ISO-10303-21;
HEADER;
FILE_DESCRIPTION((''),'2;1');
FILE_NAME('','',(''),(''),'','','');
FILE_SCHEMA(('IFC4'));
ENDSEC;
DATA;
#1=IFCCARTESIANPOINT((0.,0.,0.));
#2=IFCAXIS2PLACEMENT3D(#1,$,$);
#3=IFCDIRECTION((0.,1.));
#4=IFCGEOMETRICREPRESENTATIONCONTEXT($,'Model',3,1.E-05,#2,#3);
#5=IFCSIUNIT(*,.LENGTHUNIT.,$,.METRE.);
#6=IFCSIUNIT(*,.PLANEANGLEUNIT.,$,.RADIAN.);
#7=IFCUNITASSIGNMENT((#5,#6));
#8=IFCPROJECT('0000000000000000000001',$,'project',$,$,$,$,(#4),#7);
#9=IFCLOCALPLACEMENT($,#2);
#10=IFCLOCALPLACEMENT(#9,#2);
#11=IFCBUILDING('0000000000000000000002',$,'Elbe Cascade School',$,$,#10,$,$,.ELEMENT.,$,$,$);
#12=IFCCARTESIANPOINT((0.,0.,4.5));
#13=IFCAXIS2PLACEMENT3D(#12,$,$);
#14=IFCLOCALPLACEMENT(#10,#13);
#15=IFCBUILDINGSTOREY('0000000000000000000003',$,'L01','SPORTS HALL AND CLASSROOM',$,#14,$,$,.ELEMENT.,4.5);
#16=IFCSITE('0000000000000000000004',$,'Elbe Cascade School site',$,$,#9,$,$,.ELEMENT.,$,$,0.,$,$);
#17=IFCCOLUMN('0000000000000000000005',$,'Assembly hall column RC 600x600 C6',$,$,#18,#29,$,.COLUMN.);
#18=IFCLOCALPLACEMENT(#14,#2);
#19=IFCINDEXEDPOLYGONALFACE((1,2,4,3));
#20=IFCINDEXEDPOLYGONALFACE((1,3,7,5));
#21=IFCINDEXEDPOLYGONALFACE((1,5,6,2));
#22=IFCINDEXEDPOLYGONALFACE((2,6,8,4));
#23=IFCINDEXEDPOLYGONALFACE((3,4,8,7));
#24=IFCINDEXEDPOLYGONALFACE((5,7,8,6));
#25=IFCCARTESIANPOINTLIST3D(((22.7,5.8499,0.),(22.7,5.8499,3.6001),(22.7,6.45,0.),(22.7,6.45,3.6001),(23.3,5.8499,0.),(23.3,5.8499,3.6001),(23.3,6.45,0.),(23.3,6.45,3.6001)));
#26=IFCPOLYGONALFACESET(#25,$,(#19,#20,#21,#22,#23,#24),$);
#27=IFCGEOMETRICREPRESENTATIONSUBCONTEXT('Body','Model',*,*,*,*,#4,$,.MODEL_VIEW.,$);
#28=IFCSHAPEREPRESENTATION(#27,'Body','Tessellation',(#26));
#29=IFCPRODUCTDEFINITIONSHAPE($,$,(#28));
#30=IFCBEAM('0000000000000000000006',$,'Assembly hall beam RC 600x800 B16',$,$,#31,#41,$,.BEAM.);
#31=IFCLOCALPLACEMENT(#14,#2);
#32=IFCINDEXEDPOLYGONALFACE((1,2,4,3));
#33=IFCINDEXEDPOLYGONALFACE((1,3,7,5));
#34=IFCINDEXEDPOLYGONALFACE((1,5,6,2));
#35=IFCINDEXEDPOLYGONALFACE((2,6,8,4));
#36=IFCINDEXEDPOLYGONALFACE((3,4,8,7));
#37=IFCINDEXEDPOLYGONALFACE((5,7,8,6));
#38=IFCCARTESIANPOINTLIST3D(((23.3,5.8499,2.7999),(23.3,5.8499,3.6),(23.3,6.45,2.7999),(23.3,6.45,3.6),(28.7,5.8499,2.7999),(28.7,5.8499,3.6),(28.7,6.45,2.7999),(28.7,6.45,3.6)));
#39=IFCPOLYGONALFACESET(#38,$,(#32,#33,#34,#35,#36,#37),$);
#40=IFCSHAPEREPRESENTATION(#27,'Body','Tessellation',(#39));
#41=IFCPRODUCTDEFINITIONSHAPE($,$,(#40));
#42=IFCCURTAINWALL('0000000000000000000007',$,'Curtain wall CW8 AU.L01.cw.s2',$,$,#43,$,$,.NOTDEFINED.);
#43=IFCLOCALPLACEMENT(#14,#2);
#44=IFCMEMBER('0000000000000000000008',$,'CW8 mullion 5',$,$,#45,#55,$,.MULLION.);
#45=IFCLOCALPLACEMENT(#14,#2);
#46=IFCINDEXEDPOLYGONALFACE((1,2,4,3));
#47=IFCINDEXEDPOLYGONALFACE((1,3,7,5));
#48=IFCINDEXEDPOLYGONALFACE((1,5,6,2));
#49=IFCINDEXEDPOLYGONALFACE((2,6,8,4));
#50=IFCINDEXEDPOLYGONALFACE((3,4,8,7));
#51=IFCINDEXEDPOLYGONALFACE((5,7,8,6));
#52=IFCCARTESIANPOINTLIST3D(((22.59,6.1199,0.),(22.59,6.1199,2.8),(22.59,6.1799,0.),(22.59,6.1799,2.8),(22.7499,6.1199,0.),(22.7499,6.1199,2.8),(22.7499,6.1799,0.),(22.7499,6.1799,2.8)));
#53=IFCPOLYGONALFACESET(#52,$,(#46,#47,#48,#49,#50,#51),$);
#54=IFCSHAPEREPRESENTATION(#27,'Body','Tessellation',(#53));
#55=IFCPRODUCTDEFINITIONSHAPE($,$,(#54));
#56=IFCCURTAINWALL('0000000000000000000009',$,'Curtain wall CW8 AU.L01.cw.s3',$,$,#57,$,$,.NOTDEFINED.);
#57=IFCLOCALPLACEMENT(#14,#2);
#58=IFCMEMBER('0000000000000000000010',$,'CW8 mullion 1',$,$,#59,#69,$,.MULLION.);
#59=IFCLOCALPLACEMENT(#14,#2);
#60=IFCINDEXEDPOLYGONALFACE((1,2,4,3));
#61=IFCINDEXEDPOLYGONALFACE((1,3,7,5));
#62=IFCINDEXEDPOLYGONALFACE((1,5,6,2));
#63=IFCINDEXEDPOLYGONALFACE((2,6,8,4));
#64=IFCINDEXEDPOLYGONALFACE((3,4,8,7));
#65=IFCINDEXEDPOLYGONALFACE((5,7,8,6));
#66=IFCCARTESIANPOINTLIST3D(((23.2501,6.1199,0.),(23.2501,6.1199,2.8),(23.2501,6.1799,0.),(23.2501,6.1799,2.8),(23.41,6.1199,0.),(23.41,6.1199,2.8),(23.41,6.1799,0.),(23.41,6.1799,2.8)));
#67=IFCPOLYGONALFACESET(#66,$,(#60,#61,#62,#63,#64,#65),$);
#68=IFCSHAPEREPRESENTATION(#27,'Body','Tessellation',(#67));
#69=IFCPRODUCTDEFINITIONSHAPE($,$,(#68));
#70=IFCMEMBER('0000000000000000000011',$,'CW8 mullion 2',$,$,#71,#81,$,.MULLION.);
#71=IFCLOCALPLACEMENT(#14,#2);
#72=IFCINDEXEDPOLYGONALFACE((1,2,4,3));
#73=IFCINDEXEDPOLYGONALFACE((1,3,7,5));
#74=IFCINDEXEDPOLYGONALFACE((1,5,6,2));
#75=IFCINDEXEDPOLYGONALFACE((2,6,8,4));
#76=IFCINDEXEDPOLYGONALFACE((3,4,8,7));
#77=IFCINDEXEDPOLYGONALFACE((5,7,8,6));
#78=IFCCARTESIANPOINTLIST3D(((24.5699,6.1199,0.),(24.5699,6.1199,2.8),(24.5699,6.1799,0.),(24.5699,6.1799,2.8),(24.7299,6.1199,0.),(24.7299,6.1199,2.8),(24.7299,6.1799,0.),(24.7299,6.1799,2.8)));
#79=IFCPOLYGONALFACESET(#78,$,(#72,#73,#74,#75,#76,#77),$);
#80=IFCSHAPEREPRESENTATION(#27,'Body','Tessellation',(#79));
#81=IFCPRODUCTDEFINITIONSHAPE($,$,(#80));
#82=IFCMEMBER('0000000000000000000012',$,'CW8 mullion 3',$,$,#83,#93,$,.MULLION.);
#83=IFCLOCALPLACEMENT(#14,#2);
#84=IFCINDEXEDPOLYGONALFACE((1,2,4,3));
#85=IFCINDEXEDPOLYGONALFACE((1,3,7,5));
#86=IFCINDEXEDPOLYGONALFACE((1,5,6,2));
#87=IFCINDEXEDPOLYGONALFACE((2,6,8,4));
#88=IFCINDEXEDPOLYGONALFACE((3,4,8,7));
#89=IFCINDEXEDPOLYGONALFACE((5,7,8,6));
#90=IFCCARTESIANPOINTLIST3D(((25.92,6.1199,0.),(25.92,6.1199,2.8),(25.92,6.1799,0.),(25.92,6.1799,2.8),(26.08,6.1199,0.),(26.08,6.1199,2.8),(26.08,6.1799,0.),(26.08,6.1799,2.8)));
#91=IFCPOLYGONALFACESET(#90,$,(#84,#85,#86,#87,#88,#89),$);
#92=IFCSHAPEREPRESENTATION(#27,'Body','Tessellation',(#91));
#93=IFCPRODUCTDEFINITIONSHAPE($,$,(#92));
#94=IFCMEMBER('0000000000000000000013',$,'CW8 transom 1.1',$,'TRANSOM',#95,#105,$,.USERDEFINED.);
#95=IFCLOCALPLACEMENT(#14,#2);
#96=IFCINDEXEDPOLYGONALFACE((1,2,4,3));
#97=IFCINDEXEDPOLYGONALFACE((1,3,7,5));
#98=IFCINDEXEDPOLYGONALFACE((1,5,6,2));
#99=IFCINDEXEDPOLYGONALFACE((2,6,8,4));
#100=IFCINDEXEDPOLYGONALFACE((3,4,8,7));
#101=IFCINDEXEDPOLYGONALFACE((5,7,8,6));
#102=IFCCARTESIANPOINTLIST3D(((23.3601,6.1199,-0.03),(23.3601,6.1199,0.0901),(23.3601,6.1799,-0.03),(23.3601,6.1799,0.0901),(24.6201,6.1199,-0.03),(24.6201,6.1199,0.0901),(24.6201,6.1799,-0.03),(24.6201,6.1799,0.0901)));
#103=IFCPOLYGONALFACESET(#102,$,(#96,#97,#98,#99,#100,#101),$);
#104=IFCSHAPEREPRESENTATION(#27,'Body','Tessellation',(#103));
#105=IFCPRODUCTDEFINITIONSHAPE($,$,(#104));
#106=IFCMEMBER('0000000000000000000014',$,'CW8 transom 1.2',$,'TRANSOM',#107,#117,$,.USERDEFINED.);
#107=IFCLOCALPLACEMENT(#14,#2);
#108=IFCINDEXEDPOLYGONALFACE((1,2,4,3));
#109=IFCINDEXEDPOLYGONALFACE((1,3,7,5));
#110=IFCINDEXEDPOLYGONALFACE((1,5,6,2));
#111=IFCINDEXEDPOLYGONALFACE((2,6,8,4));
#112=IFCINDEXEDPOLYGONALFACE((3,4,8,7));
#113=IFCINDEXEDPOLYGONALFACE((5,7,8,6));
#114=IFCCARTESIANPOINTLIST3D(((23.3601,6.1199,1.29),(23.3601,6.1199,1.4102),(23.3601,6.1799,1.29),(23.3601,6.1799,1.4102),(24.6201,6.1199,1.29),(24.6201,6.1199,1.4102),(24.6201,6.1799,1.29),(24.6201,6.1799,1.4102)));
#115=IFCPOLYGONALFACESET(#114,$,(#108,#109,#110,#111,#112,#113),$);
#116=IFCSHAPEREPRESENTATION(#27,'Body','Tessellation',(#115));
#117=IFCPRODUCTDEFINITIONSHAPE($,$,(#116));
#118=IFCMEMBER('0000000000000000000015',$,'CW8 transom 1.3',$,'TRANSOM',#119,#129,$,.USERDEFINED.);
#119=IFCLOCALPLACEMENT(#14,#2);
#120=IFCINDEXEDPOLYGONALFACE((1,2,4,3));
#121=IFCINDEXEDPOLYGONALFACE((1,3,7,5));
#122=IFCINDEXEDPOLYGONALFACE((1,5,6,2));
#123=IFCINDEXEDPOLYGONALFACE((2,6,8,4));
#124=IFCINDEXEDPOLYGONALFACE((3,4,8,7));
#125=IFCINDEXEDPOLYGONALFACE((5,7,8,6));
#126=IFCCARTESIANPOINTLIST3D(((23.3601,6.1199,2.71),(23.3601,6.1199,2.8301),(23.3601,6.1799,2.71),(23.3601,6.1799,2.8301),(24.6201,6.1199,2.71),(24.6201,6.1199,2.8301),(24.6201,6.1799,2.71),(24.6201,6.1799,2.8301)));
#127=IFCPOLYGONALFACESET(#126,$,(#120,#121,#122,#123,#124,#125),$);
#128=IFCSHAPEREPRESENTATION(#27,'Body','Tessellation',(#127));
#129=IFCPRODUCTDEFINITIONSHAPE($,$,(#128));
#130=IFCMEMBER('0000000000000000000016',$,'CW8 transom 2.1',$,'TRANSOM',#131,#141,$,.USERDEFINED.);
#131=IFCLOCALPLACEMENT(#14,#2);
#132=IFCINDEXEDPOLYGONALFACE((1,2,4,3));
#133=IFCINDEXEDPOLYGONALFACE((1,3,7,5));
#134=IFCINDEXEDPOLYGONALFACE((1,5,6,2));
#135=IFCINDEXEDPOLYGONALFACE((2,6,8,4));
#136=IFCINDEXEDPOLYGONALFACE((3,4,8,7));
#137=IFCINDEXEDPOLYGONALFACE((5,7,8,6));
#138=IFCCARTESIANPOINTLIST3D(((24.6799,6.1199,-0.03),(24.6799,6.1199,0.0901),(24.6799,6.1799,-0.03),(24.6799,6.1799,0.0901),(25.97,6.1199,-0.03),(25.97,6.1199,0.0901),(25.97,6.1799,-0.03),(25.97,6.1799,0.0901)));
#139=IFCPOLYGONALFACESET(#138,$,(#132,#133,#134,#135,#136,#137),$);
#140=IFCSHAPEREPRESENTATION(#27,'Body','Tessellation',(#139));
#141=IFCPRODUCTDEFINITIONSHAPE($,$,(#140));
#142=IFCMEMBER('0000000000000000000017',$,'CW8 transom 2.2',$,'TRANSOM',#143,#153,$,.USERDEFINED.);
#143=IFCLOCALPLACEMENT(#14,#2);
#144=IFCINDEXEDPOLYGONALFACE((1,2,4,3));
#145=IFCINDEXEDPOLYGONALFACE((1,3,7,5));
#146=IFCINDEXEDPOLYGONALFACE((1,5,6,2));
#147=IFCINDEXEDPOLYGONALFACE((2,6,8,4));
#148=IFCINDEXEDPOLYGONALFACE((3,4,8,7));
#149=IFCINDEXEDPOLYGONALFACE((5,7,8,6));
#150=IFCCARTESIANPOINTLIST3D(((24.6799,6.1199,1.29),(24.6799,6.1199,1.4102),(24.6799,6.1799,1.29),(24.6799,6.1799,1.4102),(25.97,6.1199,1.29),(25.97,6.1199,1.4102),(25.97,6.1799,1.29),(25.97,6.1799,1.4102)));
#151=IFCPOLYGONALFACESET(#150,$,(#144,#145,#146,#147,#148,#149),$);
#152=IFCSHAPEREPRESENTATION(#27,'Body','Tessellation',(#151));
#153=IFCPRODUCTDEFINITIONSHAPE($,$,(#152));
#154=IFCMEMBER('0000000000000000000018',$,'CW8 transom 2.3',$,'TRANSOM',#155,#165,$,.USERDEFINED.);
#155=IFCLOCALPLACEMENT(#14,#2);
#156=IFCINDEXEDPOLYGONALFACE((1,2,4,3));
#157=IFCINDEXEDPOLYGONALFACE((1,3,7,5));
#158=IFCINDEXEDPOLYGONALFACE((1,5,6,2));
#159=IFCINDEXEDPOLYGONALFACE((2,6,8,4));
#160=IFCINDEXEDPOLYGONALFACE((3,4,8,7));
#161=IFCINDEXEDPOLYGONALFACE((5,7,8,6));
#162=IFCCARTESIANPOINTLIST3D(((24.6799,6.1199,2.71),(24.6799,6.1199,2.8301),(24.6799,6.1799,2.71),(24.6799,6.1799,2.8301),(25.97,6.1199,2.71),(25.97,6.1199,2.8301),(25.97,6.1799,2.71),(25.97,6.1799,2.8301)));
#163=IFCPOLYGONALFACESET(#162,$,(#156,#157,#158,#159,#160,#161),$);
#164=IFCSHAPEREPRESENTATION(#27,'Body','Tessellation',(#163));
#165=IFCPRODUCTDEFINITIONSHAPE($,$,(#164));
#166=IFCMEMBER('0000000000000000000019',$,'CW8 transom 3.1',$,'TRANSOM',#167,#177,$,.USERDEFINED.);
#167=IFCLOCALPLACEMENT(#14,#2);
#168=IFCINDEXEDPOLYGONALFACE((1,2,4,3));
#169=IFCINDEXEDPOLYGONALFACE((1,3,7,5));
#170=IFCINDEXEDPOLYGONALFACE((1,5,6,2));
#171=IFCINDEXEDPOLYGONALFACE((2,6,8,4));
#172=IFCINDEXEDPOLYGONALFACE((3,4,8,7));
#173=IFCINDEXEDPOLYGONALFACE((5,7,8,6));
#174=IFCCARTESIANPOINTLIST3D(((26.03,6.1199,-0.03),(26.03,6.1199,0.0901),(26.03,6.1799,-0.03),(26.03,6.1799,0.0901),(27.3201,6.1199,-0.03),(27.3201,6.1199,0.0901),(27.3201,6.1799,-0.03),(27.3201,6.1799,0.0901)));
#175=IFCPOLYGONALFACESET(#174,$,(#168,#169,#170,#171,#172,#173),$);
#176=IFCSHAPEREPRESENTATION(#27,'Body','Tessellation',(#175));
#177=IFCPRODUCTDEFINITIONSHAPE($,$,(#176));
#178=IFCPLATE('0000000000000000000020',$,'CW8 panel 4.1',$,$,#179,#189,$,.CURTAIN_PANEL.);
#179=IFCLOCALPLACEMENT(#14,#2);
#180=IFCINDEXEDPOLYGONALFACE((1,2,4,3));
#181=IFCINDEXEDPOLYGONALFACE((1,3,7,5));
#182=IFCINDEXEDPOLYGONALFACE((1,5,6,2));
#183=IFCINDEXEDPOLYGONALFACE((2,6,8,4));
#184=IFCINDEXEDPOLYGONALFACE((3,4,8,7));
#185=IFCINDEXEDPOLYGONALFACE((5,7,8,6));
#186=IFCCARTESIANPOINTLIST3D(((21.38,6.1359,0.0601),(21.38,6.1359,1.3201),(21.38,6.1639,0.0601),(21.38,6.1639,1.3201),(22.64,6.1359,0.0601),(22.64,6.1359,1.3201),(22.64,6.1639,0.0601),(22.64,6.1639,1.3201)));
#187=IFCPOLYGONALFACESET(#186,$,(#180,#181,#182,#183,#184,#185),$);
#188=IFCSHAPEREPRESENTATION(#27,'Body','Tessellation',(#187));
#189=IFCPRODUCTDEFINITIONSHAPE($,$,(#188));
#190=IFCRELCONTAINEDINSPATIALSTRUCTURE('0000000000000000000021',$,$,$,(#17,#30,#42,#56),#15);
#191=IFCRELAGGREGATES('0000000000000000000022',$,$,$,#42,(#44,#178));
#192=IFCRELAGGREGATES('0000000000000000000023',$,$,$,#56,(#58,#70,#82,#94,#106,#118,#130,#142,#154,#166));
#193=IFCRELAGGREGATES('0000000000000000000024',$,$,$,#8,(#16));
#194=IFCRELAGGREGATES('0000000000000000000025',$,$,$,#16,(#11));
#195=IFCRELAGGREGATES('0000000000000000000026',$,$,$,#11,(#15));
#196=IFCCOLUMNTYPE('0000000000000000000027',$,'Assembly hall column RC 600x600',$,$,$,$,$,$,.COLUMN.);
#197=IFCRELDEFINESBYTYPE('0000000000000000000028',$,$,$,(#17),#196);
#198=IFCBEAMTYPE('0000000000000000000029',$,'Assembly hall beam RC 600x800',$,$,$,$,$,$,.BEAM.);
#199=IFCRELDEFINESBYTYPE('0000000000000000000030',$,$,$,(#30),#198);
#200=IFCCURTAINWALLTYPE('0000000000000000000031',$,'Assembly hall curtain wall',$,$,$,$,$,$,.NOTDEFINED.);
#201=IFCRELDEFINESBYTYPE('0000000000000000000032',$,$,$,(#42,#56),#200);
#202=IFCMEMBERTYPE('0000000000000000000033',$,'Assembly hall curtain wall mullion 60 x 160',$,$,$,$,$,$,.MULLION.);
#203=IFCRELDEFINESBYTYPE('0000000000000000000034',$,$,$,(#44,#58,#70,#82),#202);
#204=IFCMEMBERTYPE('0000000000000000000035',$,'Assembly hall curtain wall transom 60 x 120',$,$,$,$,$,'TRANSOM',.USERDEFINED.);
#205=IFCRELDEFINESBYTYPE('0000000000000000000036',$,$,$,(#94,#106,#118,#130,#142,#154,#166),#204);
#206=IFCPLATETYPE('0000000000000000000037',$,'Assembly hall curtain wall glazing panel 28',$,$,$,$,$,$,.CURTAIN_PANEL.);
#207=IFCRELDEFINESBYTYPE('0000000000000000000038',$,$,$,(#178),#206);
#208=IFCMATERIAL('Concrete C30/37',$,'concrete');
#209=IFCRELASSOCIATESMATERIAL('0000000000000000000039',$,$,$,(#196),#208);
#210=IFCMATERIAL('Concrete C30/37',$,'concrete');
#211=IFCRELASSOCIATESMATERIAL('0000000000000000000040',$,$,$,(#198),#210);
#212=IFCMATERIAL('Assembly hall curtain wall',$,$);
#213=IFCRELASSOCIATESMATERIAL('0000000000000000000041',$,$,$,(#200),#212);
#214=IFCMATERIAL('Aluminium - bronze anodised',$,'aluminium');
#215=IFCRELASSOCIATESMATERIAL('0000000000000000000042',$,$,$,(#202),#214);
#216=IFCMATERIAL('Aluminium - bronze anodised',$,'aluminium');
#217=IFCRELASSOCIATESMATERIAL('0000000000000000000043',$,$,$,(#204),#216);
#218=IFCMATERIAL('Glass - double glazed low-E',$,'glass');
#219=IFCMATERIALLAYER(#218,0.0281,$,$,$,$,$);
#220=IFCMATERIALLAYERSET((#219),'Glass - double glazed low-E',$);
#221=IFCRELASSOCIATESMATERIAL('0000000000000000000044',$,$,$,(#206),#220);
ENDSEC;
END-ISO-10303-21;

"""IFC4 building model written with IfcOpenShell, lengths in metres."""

from ifc_helpers import new_model, si_unit, direction, frame, origin, origin_2d, place, context, subcontext, project, spatial, rectangle, extrude, material, layer, layer_set, material_profile, profile_set, type_object, element, aggregate, save


model = new_model("IFC4")

# Units and contexts
model_context = context("Model", 3, precision=1e-05, world=origin(), true_north=direction((0.0, 1.0)))
body_context = subcontext(model_context, "Body", "Model", "MODEL_VIEW")
ifc_project = project(units=[si_unit("LENGTHUNIT", "METRE"), si_unit("PLANEANGLEUNIT", "RADIAN")], contexts=[model_context])

# Site, building, storey
site_placement = place(None, origin())
site = spatial("IfcSite", under=ifc_project, at=site_placement, Name="Elbe Cascade School site", CompositionType="ELEMENT", RefElevation=0.0)
building_placement = place(site_placement, origin())
building = spatial("IfcBuilding", under=site, at=building_placement, Name="Elbe Cascade School", CompositionType="ELEMENT")
storey_placement = place(building_placement, frame((0.0, 0.0, 4.5)))
storey = spatial("IfcBuildingStorey", under=building, at=storey_placement, Name="L01", Description="SPORTS HALL AND CLASSROOM", CompositionType="ELEMENT", Elevation=4.5)

# Column
ifc_material_1 = material(Name="Concrete C30/37", Category="concrete")
ifc_material_profile_1 = material_profile(ifc_material_1, rectangle(XDim=0.6001, YDim=0.6001, at=origin_2d()), Name="RC 600x600")
ifc_profile_set_1 = profile_set([ifc_material_profile_1], Name="Concrete C30/37")
column_type = type_object("IfcColumnType", Name="Assembly hall column RC 600x600", PredefinedType="COLUMN", material=ifc_profile_set_1)
column_placement = place(storey_placement, frame((23.0, 6.1499, 0.0), z_axis=(0.0, 0.0, 1.0), x_axis=(1.0, 0.0, 0.0)))
element("IfcColumn", 1, at=column_placement, inside=storey, type_object=column_type, Name="Assembly hall column RC 600x600 C6", PredefinedType="COLUMN", context=body_context, shape_type="SweptSolid", body=[
    extrude(rectangle(XDim=0.6001, YDim=0.6001, at=origin_2d()), origin(), (0.0, 0.0, 1.0), 3.6001),
])

# Beam
ifc_material_2 = material(Name="Concrete C30/37", Category="concrete")
ifc_material_profile_2 = material_profile(ifc_material_2, rectangle(XDim=0.6001, YDim=0.8, at=origin_2d()), Name="RC 600x800")
ifc_profile_set_2 = profile_set([ifc_material_profile_2], Name="Concrete C30/37")
beam_type = type_object("IfcBeamType", Name="Assembly hall beam RC 600x800", PredefinedType="BEAM", material=ifc_profile_set_2)
beam_placement = place(storey_placement, frame((23.3, 6.1499, 3.2), z_axis=(1.0, 0.0, 0.0), x_axis=(0.0, 1.0, 0.0)))
element("IfcBeam", 2, at=beam_placement, inside=storey, type_object=beam_type, Name="Assembly hall beam RC 600x800 B16", PredefinedType="BEAM", context=body_context, shape_type="SweptSolid", body=[
    extrude(rectangle(XDim=0.6001, YDim=0.8, at=origin_2d()), origin(), (0.0, 0.0, 1.0), 5.3999),
])

# Curtain wall, member
ifc_material_3 = material(Name="Assembly hall curtain wall")
curtain_wall_type = type_object("IfcCurtainWallType", Name="Assembly hall curtain wall", PredefinedType="NOTDEFINED", material=ifc_material_3)
curtain_wall_1_placement = place(storey_placement, origin())
curtain_wall_1 = element("IfcCurtainWall", 3, at=curtain_wall_1_placement, inside=storey, type_object=curtain_wall_type, Name="Curtain wall CW8 AU.L01.cw.s2", PredefinedType="NOTDEFINED")
ifc_material_4 = material(Name="Aluminium - bronze anodised", Category="aluminium")
ifc_material_profile_3 = material_profile(ifc_material_4, rectangle(XDim=0.0601, YDim=0.1599, at=origin_2d()), Name="RECT 60x160")
ifc_profile_set_3 = profile_set([ifc_material_profile_3], Name="Aluminium - bronze anodised")
member_type_1 = type_object("IfcMemberType", Name="Assembly hall curtain wall mullion 60 x 160", PredefinedType="MULLION", material=ifc_profile_set_3)
member_1_placement = place(storey_placement, frame((22.6699, 6.1499, 0.0), z_axis=(0.0, 0.0, 1.0), x_axis=(0.0, 1.0, 0.0)))
member_1 = element("IfcMember", 4, at=member_1_placement, type_object=member_type_1, Name="CW8 mullion 5", PredefinedType="MULLION", context=body_context, shape_type="SweptSolid", body=[
    extrude(rectangle(XDim=0.0601, YDim=0.1599, at=origin_2d()), origin(), (0.0, 0.0, 1.0), 2.8),
])

# Curtain wall, members
curtain_wall_2_placement = place(storey_placement, origin())
curtain_wall_2 = element("IfcCurtainWall", 5, at=curtain_wall_2_placement, inside=storey, type_object=curtain_wall_type, Name="Curtain wall CW8 AU.L01.cw.s3", PredefinedType="NOTDEFINED")
member_2_placement = place(storey_placement, frame((23.3301, 6.1499, 0.0), z_axis=(0.0, 0.0, 1.0), x_axis=(0.0, 1.0, 0.0)))
member_2 = element("IfcMember", 6, at=member_2_placement, type_object=member_type_1, Name="CW8 mullion 1", PredefinedType="MULLION", context=body_context, shape_type="SweptSolid", body=[
    extrude(rectangle(XDim=0.0601, YDim=0.1599, at=origin_2d()), origin(), (0.0, 0.0, 1.0), 2.8),
])
member_3_placement = place(storey_placement, frame((24.6499, 6.1499, 0.0), z_axis=(0.0, 0.0, 1.0), x_axis=(0.0, 1.0, 0.0)))
member_3 = element("IfcMember", 7, at=member_3_placement, type_object=member_type_1, Name="CW8 mullion 2", PredefinedType="MULLION", context=body_context, shape_type="SweptSolid", body=[
    extrude(rectangle(XDim=0.0601, YDim=0.1599, at=origin_2d()), origin(), (0.0, 0.0, 1.0), 2.8),
])
member_4_placement = place(storey_placement, frame((26.0, 6.1499, 0.0), z_axis=(0.0, 0.0, 1.0), x_axis=(0.0, 1.0, 0.0)))
member_4 = element("IfcMember", 8, at=member_4_placement, type_object=member_type_1, Name="CW8 mullion 3", PredefinedType="MULLION", context=body_context, shape_type="SweptSolid", body=[
    extrude(rectangle(XDim=0.0601, YDim=0.1599, at=origin_2d()), origin(), (0.0, 0.0, 1.0), 2.8),
])
ifc_material_5 = material(Name="Aluminium - bronze anodised", Category="aluminium")
ifc_material_profile_4 = material_profile(ifc_material_5, rectangle(XDim=0.0601, YDim=0.1201, at=origin_2d()), Name="RECT 60x120")
ifc_profile_set_4 = profile_set([ifc_material_profile_4], Name="Aluminium - bronze anodised")
member_type_2 = type_object("IfcMemberType", Name="Assembly hall curtain wall transom 60 x 120", ElementType="TRANSOM", PredefinedType="USERDEFINED", material=ifc_profile_set_4)
member_5_placement = place(storey_placement, frame((23.3601, 6.1499, 0.03), z_axis=(1.0, 0.0, 0.0), x_axis=(0.0, 1.0, 0.0)))
member_5 = element("IfcMember", 9, at=member_5_placement, type_object=member_type_2, Name="CW8 transom 1.1", ObjectType="TRANSOM", PredefinedType="USERDEFINED", context=body_context, shape_type="SweptSolid", body=[
    extrude(rectangle(XDim=0.0601, YDim=0.1201, at=origin_2d()), origin(), (0.0, 0.0, 1.0), 1.26),
])
member_6_placement = place(storey_placement, frame((23.3601, 6.1499, 1.3501), z_axis=(1.0, 0.0, 0.0), x_axis=(0.0, 1.0, 0.0)))
member_6 = element("IfcMember", 10, at=member_6_placement, type_object=member_type_2, Name="CW8 transom 1.2", ObjectType="TRANSOM", PredefinedType="USERDEFINED", context=body_context, shape_type="SweptSolid", body=[
    extrude(rectangle(XDim=0.0601, YDim=0.1201, at=origin_2d()), origin(), (0.0, 0.0, 1.0), 1.26),
])
member_7_placement = place(storey_placement, frame((23.3601, 6.1499, 2.77), z_axis=(1.0, 0.0, 0.0), x_axis=(0.0, 1.0, 0.0)))
member_7 = element("IfcMember", 11, at=member_7_placement, type_object=member_type_2, Name="CW8 transom 1.3", ObjectType="TRANSOM", PredefinedType="USERDEFINED", context=body_context, shape_type="SweptSolid", body=[
    extrude(rectangle(XDim=0.0601, YDim=0.1201, at=origin_2d()), origin(), (0.0, 0.0, 1.0), 1.26),
])
member_8_placement = place(storey_placement, frame((24.6799, 6.1499, 0.03), z_axis=(1.0, 0.0, 0.0), x_axis=(0.0, 1.0, 0.0)))
member_8 = element("IfcMember", 12, at=member_8_placement, type_object=member_type_2, Name="CW8 transom 2.1", ObjectType="TRANSOM", PredefinedType="USERDEFINED", context=body_context, shape_type="SweptSolid", body=[
    extrude(rectangle(XDim=0.0601, YDim=0.1201, at=origin_2d()), origin(), (0.0, 0.0, 1.0), 1.29),
])
member_9_placement = place(storey_placement, frame((24.6799, 6.1499, 1.3501), z_axis=(1.0, 0.0, 0.0), x_axis=(0.0, 1.0, 0.0)))
member_9 = element("IfcMember", 13, at=member_9_placement, type_object=member_type_2, Name="CW8 transom 2.2", ObjectType="TRANSOM", PredefinedType="USERDEFINED", context=body_context, shape_type="SweptSolid", body=[
    extrude(rectangle(XDim=0.0601, YDim=0.1201, at=origin_2d()), origin(), (0.0, 0.0, 1.0), 1.29),
])
member_10_placement = place(storey_placement, frame((24.6799, 6.1499, 2.77), z_axis=(1.0, 0.0, 0.0), x_axis=(0.0, 1.0, 0.0)))
member_10 = element("IfcMember", 14, at=member_10_placement, type_object=member_type_2, Name="CW8 transom 2.3", ObjectType="TRANSOM", PredefinedType="USERDEFINED", context=body_context, shape_type="SweptSolid", body=[
    extrude(rectangle(XDim=0.0601, YDim=0.1201, at=origin_2d()), origin(), (0.0, 0.0, 1.0), 1.29),
])
member_11_placement = place(storey_placement, frame((26.03, 6.1499, 0.03), z_axis=(1.0, 0.0, 0.0), x_axis=(0.0, 1.0, 0.0)))
member_11 = element("IfcMember", 15, at=member_11_placement, type_object=member_type_2, Name="CW8 transom 3.1", ObjectType="TRANSOM", PredefinedType="USERDEFINED", context=body_context, shape_type="SweptSolid", body=[
    extrude(rectangle(XDim=0.0601, YDim=0.1201, at=origin_2d()), origin(), (0.0, 0.0, 1.0), 1.29),
])

# Plate
ifc_material_6 = material(Name="Glass - double glazed low-E", Category="glass")
ifc_layer_1 = layer(ifc_material_6, 0.0281)
ifc_layer_set_1 = layer_set([ifc_layer_1], Name="Glass - double glazed low-E")
plate_type = type_object("IfcPlateType", Name="Assembly hall curtain wall glazing panel 28", PredefinedType="CURTAIN_PANEL", material=ifc_layer_set_1)
plate_1_placement = place(storey_placement, frame((22.01, 6.1499, 0.0601), z_axis=(0.0, 0.0, 1.0), x_axis=(1.0, 0.0, 0.0)))
plate_1 = element("IfcPlate", 16, at=plate_1_placement, type_object=plate_type, Name="CW8 panel 4.1", PredefinedType="CURTAIN_PANEL", context=body_context, shape_type="SweptSolid", body=[
    extrude(rectangle(XDim=1.26, YDim=0.0281, at=origin_2d()), origin(), (0.0, 0.0, 1.0), 1.26),
])
aggregate(curtain_wall_1, [member_1, plate_1])
aggregate(curtain_wall_2, [member_2, member_3, member_4, member_5, member_6, member_7, member_8, member_9, member_10, member_11])

save(model, "model.ifc")
